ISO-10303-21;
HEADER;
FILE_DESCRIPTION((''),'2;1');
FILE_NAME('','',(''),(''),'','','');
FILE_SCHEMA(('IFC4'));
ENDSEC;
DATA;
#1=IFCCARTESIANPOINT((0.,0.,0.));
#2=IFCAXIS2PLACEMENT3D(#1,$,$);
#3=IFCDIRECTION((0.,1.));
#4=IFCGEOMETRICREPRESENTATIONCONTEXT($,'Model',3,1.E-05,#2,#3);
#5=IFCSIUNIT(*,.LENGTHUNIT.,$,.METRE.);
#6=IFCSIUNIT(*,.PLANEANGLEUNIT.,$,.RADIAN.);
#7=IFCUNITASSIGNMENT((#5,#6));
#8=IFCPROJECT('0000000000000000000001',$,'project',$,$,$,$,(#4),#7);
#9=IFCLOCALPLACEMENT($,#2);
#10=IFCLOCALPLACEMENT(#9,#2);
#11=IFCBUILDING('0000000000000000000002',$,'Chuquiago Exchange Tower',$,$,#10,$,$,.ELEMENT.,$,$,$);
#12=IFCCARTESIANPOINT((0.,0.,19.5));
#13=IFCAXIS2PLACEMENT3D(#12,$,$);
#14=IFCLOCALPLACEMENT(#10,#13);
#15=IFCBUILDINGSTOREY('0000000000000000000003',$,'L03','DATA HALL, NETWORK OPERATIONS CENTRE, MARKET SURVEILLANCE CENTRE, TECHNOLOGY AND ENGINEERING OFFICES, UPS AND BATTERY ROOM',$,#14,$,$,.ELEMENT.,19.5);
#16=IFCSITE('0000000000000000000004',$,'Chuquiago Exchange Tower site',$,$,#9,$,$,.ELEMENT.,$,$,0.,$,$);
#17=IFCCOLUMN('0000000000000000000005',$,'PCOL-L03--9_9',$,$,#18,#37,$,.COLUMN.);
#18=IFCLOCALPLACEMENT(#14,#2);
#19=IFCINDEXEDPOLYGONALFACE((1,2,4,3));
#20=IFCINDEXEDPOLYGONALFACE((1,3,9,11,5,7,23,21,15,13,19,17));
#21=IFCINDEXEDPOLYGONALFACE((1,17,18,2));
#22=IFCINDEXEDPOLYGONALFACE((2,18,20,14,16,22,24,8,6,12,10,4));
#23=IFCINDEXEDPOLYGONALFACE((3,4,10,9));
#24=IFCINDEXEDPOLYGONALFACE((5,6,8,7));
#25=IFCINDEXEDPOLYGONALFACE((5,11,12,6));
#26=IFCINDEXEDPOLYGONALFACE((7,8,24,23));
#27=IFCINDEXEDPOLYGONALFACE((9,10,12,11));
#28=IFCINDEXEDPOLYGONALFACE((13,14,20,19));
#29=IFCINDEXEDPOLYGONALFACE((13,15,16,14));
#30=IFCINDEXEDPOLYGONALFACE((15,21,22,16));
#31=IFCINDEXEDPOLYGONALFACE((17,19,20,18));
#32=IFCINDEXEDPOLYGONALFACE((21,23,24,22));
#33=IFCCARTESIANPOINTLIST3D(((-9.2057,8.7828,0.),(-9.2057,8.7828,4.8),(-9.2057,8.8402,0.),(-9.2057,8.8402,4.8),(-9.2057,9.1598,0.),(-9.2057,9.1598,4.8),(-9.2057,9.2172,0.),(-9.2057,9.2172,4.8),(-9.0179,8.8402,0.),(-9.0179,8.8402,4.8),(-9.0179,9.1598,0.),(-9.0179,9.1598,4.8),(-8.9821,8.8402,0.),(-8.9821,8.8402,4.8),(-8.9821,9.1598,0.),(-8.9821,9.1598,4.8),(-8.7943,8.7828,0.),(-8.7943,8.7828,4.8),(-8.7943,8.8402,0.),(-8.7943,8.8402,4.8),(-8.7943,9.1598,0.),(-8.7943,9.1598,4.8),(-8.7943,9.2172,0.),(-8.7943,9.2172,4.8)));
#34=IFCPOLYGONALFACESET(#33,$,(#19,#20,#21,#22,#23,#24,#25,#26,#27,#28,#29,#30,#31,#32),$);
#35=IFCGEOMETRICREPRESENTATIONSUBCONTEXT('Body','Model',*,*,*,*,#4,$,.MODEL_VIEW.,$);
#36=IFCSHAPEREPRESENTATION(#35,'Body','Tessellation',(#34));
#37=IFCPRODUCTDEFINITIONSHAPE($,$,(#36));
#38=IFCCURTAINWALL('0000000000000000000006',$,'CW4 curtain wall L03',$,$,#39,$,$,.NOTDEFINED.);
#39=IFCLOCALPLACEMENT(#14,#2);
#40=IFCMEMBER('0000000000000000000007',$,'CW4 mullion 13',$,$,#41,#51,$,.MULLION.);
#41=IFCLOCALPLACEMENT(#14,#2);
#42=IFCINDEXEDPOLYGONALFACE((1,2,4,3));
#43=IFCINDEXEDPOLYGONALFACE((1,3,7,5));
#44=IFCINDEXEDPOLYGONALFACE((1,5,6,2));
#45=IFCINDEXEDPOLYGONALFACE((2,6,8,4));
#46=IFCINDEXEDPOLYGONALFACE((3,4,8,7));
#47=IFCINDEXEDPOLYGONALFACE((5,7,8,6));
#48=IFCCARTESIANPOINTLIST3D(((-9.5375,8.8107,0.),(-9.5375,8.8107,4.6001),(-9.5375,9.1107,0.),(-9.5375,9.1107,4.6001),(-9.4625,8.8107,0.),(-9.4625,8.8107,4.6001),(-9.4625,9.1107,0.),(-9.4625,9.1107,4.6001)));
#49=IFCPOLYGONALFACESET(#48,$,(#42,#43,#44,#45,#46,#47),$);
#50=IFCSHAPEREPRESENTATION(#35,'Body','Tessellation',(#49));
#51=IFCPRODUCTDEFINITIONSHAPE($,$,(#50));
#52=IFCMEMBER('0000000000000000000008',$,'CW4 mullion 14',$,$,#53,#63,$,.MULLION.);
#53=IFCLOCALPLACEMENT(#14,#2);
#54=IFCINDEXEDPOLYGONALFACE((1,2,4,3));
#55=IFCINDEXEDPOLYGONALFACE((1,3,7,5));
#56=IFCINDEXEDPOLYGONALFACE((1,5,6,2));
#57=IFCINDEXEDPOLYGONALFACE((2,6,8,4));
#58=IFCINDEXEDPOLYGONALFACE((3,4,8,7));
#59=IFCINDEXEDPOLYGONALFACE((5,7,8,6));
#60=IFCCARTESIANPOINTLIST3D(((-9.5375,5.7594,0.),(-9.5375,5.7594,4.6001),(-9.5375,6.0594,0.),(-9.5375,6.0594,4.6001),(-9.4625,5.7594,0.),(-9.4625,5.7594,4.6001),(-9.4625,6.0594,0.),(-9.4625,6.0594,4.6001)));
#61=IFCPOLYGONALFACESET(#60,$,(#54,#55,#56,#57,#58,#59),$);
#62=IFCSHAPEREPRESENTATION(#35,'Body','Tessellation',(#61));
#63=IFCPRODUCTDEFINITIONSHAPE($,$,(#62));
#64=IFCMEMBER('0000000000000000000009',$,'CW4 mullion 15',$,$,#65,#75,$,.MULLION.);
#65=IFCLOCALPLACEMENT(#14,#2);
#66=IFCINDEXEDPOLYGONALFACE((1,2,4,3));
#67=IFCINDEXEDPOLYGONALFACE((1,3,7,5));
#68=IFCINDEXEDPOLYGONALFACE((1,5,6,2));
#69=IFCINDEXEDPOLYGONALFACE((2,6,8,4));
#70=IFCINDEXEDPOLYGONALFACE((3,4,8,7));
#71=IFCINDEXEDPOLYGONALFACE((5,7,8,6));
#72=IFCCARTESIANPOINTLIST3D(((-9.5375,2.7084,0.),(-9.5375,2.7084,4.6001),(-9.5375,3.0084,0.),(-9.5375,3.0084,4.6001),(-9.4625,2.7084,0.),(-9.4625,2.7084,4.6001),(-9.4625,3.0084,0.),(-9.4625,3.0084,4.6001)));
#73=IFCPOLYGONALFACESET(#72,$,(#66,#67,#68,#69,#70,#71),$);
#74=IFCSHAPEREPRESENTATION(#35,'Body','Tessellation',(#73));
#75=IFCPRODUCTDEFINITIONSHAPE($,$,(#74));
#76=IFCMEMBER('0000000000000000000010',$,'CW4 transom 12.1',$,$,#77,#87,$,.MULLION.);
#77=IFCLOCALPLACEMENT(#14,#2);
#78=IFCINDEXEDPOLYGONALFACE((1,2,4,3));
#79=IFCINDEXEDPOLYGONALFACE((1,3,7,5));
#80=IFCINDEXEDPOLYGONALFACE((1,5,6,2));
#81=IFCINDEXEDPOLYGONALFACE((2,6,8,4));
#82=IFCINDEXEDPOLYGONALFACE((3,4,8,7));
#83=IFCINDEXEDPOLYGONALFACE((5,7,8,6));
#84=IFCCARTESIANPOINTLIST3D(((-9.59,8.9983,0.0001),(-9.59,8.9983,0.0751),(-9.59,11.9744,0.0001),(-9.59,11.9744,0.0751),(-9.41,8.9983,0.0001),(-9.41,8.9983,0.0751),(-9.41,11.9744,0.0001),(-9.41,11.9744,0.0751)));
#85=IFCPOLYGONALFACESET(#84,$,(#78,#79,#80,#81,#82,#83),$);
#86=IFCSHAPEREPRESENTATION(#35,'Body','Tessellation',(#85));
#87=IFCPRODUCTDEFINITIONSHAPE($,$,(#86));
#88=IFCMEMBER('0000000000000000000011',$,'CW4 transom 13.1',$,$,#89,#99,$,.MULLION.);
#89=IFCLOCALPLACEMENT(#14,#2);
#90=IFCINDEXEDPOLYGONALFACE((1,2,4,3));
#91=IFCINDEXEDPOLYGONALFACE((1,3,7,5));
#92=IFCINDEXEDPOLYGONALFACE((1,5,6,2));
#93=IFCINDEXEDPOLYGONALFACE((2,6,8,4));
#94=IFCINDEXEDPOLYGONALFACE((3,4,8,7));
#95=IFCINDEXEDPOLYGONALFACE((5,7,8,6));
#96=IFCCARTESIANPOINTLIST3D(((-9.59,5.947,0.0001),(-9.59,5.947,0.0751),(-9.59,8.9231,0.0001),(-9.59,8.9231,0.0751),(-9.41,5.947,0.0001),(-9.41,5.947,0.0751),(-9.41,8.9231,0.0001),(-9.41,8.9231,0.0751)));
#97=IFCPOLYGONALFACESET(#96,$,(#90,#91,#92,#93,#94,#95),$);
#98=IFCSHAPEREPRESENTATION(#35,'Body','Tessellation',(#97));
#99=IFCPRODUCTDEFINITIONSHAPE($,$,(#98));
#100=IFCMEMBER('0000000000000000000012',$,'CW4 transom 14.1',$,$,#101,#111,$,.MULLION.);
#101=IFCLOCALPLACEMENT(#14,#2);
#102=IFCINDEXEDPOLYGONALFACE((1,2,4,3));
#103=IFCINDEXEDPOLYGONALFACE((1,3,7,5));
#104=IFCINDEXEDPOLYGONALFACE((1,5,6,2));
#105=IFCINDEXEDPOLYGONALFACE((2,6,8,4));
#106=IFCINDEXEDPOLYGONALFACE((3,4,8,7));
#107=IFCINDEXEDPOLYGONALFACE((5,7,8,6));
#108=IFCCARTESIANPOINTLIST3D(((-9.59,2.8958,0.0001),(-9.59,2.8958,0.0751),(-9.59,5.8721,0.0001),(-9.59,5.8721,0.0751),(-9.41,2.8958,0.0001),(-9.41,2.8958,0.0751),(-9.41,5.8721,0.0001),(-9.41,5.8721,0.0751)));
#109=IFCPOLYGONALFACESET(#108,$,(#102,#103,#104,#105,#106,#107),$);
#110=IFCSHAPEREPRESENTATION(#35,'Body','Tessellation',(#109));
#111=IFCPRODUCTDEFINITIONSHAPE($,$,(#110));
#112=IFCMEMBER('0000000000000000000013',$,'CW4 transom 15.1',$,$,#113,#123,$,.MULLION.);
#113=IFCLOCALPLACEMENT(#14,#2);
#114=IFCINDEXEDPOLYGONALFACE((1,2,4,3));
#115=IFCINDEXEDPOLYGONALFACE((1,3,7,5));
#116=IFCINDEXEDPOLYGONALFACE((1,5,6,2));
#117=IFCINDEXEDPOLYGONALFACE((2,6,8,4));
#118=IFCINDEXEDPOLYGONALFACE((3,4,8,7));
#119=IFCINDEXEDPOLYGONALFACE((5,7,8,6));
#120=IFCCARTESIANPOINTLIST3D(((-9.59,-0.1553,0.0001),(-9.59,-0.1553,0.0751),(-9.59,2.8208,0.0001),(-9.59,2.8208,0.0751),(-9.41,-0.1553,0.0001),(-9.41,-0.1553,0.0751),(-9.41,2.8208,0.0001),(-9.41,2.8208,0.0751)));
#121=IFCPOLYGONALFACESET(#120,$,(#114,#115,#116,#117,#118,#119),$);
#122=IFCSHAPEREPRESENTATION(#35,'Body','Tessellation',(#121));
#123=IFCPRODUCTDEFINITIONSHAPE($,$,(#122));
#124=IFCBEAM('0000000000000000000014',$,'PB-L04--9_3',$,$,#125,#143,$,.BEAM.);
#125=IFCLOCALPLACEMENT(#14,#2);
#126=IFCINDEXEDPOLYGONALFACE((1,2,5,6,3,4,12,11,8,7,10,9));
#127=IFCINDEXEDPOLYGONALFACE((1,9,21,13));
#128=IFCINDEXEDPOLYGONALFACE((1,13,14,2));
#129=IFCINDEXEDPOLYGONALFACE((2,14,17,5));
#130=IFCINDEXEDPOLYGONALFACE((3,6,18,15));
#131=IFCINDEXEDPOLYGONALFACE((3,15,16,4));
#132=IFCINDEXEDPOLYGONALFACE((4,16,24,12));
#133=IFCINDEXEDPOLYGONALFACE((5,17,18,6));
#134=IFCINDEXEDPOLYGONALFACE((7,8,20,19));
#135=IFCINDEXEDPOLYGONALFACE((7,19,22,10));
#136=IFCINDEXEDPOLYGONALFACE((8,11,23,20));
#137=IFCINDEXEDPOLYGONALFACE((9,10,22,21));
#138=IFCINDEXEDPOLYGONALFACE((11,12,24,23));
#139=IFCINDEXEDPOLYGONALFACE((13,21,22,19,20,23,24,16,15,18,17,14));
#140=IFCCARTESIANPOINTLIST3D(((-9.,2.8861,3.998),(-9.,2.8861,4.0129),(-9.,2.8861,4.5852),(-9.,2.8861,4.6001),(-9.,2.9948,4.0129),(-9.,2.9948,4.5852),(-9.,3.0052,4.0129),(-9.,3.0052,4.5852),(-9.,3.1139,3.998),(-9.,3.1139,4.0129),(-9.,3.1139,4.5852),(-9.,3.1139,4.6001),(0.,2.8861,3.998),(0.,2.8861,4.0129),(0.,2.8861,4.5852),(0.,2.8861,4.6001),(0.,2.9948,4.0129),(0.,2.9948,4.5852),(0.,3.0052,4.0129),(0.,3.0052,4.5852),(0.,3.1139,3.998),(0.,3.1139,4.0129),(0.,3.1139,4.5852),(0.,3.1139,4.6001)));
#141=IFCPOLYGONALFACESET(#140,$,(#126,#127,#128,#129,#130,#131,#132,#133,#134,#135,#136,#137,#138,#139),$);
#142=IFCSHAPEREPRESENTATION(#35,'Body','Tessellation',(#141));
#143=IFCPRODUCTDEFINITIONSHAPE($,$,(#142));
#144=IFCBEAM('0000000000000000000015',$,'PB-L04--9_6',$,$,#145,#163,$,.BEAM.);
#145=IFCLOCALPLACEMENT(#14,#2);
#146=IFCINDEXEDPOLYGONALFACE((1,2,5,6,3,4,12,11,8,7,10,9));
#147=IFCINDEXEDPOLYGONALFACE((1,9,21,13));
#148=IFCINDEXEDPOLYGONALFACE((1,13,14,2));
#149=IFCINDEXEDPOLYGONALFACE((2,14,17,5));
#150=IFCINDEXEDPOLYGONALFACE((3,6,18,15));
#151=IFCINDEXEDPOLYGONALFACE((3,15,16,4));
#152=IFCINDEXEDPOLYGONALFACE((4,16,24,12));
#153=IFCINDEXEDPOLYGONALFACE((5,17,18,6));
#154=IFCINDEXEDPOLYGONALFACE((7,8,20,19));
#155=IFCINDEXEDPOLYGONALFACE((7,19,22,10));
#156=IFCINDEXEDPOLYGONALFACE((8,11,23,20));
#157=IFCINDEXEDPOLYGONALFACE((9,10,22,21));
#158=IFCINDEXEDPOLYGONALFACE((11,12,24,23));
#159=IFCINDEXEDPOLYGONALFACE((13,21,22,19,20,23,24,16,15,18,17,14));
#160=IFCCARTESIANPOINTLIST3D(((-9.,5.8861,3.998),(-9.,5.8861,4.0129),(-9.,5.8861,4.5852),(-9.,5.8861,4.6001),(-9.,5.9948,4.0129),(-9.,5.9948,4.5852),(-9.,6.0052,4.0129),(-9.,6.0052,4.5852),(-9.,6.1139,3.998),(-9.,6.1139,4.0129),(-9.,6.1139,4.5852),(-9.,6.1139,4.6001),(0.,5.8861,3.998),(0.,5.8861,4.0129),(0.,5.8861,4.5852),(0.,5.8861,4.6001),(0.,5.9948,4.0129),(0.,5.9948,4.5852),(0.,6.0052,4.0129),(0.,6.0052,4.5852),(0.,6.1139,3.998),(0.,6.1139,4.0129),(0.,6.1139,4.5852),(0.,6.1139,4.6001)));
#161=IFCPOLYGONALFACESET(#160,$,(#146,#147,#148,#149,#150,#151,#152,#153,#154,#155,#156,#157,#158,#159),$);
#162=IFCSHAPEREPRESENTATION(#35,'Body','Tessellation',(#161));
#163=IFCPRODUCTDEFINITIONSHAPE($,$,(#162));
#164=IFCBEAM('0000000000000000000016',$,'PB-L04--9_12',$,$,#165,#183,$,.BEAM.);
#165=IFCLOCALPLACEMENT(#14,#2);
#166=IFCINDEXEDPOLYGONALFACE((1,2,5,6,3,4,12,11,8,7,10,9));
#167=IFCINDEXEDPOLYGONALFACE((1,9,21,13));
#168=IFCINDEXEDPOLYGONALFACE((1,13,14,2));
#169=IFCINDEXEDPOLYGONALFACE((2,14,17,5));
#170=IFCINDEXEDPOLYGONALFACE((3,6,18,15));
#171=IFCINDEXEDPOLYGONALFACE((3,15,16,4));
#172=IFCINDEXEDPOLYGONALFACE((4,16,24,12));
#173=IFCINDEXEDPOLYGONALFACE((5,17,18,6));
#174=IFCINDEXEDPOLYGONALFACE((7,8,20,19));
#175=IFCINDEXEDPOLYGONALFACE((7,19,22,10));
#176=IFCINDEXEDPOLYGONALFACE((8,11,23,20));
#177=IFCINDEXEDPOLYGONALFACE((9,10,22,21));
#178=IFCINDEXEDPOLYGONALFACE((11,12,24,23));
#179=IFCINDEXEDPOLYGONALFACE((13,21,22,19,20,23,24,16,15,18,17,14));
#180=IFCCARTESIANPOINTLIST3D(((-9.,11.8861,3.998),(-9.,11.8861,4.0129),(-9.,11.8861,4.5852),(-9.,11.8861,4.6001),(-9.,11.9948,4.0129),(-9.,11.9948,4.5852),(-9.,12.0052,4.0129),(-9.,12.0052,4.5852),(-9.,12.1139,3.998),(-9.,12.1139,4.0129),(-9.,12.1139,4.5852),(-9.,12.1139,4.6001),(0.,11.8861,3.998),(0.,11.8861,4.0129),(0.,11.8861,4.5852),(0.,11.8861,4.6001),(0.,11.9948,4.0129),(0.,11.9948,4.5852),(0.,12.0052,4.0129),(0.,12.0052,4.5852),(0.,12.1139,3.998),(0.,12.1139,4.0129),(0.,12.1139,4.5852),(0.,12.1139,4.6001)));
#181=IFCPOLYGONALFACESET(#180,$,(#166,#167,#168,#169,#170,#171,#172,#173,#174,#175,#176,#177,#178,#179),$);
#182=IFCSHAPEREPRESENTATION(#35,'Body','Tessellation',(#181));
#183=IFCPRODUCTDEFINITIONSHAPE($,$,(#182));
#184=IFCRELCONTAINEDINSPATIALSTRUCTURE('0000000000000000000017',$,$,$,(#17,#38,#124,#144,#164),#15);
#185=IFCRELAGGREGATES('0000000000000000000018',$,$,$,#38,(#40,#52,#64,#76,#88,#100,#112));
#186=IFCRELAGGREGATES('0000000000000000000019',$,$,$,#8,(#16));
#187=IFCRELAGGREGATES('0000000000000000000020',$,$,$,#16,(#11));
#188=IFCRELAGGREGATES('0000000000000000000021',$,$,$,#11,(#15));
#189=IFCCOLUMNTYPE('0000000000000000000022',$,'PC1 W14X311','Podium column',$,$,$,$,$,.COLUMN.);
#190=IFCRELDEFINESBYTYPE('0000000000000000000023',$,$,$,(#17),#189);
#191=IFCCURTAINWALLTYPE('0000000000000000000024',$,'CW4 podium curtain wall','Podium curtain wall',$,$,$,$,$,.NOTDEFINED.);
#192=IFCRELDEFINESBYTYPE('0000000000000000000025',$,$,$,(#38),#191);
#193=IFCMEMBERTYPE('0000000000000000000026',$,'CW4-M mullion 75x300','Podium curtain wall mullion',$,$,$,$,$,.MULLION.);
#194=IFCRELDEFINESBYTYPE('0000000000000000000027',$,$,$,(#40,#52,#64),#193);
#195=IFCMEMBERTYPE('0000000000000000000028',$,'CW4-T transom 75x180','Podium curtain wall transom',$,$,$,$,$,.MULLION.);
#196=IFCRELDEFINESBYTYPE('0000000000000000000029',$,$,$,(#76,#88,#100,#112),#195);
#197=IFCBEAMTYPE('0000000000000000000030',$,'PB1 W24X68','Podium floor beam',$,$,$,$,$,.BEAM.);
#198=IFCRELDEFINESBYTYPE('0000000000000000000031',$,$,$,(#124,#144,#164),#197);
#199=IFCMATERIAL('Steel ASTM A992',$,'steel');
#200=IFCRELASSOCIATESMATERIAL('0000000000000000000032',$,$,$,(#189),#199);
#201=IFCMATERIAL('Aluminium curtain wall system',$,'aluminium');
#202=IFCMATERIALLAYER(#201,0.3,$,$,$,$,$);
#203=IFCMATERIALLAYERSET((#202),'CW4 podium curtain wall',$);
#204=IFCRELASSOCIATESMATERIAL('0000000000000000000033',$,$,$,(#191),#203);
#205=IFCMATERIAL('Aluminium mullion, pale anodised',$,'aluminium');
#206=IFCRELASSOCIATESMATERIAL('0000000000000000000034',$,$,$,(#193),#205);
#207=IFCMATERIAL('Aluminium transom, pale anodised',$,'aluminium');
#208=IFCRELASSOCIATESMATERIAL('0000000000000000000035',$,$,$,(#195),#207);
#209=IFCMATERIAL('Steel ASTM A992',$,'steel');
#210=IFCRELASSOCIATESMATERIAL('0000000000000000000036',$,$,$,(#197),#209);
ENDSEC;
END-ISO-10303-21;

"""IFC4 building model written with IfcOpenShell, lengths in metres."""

from ifc_helpers import new_model, si_unit, direction, frame, origin, origin_2d, place, context, subcontext, project, spatial, rectangle, i_section, extrude, material, layer, layer_set, material_profile, profile_set, type_object, element, aggregate, save


model = new_model("IFC4")

# Units and contexts
model_context = context("Model", 3, precision=1e-05, world=origin(), true_north=direction((0.0, 1.0)))
body_context = subcontext(model_context, "Body", "Model", "MODEL_VIEW")
ifc_project = project(units=[si_unit("LENGTHUNIT", "METRE"), si_unit("PLANEANGLEUNIT", "RADIAN")], contexts=[model_context])

# Site, building, storey
site_placement = place(None, origin())
site = spatial("IfcSite", under=ifc_project, at=site_placement, Name="Chuquiago Exchange Tower site", CompositionType="ELEMENT", RefElevation=0.0)
building_placement = place(site_placement, origin())
building = spatial("IfcBuilding", under=site, at=building_placement, Name="Chuquiago Exchange Tower", CompositionType="ELEMENT")
storey_placement = place(building_placement, frame((0.0, 0.0, 19.5)))
storey = spatial("IfcBuildingStorey", under=building, at=storey_placement, Name="L03", Description="DATA HALL, NETWORK OPERATIONS CENTRE, MARKET SURVEILLANCE CENTRE, TECHNOLOGY AND ENGINEERING OFFICES, UPS AND BATTERY ROOM", CompositionType="ELEMENT", Elevation=19.5)

# Column
ifc_material_1 = material(Name="Steel ASTM A992", Category="steel")
ifc_material_profile_1 = material_profile(ifc_material_1, i_section(OverallWidth=0.4114, OverallDepth=0.4343, WebThickness=0.0359, FlangeThickness=0.0574, at=origin_2d()), Name="W14X311")
ifc_profile_set_1 = profile_set([ifc_material_profile_1], Name="Steel ASTM A992")
column_type = type_object("IfcColumnType", Name="PC1 W14X311", Description="Podium column", PredefinedType="COLUMN", material=ifc_profile_set_1)
column_placement = place(storey_placement, frame((-9.0, 9.0, 0.0), z_axis=(0.0, 0.0, 1.0), x_axis=(1.0, 0.0, 0.0)))
element("IfcColumn", 1, at=column_placement, inside=storey, type_object=column_type, Name="PCOL-L03--9_9", PredefinedType="COLUMN", context=body_context, shape_type="SweptSolid", body=[
    extrude(i_section(OverallWidth=0.4114, OverallDepth=0.4343, WebThickness=0.0359, FlangeThickness=0.0574, at=origin_2d()), origin(), (0.0, 0.0, 1.0), 4.8),
])

# Curtain wall, members
ifc_material_2 = material(Name="Aluminium curtain wall system", Category="aluminium")
ifc_layer_1 = layer(ifc_material_2, 0.3)
ifc_layer_set_1 = layer_set([ifc_layer_1], Name="CW4 podium curtain wall")
curtain_wall_type = type_object("IfcCurtainWallType", Name="CW4 podium curtain wall", Description="Podium curtain wall", PredefinedType="NOTDEFINED", material=ifc_layer_set_1)
curtain_wall_placement = place(storey_placement, origin())
curtain_wall = element("IfcCurtainWall", 2, at=curtain_wall_placement, inside=storey, type_object=curtain_wall_type, Name="CW4 curtain wall L03", PredefinedType="NOTDEFINED")
ifc_material_3 = material(Name="Aluminium mullion, pale anodised", Category="aluminium")
ifc_material_profile_2 = material_profile(ifc_material_3, rectangle(XDim=0.075, YDim=0.3, at=origin_2d()), Name="AL 75x300")
ifc_profile_set_2 = profile_set([ifc_material_profile_2], Name="Aluminium mullion, pale anodised")
member_type_1 = type_object("IfcMemberType", Name="CW4-M mullion 75x300", Description="Podium curtain wall mullion", PredefinedType="MULLION", material=ifc_profile_set_2)
member_1_placement = place(storey_placement, frame((-9.5, 8.9607, 0.0), z_axis=(0.0, 0.0, 1.0), x_axis=(1.0, 0.0, 0.0)))
member_1 = element("IfcMember", 3, at=member_1_placement, type_object=member_type_1, Name="CW4 mullion 13", PredefinedType="MULLION", context=body_context, shape_type="SweptSolid", body=[
    extrude(rectangle(XDim=0.075, YDim=0.3, at=origin_2d()), origin(), (0.0, 0.0, 1.0), 4.6001),
])
member_2_placement = place(storey_placement, frame((-9.5, 5.9094, 0.0), z_axis=(0.0, 0.0, 1.0), x_axis=(1.0, 0.0, 0.0)))
member_2 = element("IfcMember", 4, at=member_2_placement, type_object=member_type_1, Name="CW4 mullion 14", PredefinedType="MULLION", context=body_context, shape_type="SweptSolid", body=[
    extrude(rectangle(XDim=0.075, YDim=0.3, at=origin_2d()), origin(), (0.0, 0.0, 1.0), 4.6001),
])
member_3_placement = place(storey_placement, frame((-9.5, 2.8584, 0.0), z_axis=(0.0, 0.0, 1.0), x_axis=(1.0, 0.0, 0.0)))
member_3 = element("IfcMember", 5, at=member_3_placement, type_object=member_type_1, Name="CW4 mullion 15", PredefinedType="MULLION", context=body_context, shape_type="SweptSolid", body=[
    extrude(rectangle(XDim=0.075, YDim=0.3, at=origin_2d()), origin(), (0.0, 0.0, 1.0), 4.6001),
])
ifc_material_4 = material(Name="Aluminium transom, pale anodised", Category="aluminium")
ifc_material_profile_3 = material_profile(ifc_material_4, rectangle(XDim=0.1799, YDim=0.075, at=origin_2d()), Name="AL 180x75")
ifc_profile_set_3 = profile_set([ifc_material_profile_3], Name="Aluminium transom, pale anodised")
member_type_2 = type_object("IfcMemberType", Name="CW4-T transom 75x180", Description="Podium curtain wall transom", PredefinedType="MULLION", material=ifc_profile_set_3)
member_4_placement = place(storey_placement, frame((-9.5, 11.9744, 0.0376), z_axis=(0.0, -1.0, 0.0), x_axis=(1.0, 0.0, 0.0)))
member_4 = element("IfcMember", 6, at=member_4_placement, type_object=member_type_2, Name="CW4 transom 12.1", PredefinedType="MULLION", context=body_context, shape_type="SweptSolid", body=[
    extrude(rectangle(XDim=0.1799, YDim=0.075, at=origin_2d()), origin(), (0.0, 0.0, 1.0), 2.9761),
])
member_5_placement = place(storey_placement, frame((-9.5, 8.9231, 0.0376), z_axis=(0.0, -1.0, 0.0), x_axis=(1.0, 0.0, 0.0)))
member_5 = element("IfcMember", 7, at=member_5_placement, type_object=member_type_2, Name="CW4 transom 13.1", PredefinedType="MULLION", context=body_context, shape_type="SweptSolid", body=[
    extrude(rectangle(XDim=0.1799, YDim=0.075, at=origin_2d()), origin(), (0.0, 0.0, 1.0), 2.9761),
])
member_6_placement = place(storey_placement, frame((-9.5, 5.8721, 0.0376), z_axis=(0.0, -1.0, 0.0), x_axis=(1.0, 0.0, 0.0)))
member_6 = element("IfcMember", 8, at=member_6_placement, type_object=member_type_2, Name="CW4 transom 14.1", PredefinedType="MULLION", context=body_context, shape_type="SweptSolid", body=[
    extrude(rectangle(XDim=0.1799, YDim=0.075, at=origin_2d()), origin(), (0.0, 0.0, 1.0), 2.9763),
])
member_7_placement = place(storey_placement, frame((-9.5, 2.8208, 0.0376), z_axis=(0.0, -1.0, 0.0), x_axis=(1.0, 0.0, 0.0)))
member_7 = element("IfcMember", 9, at=member_7_placement, type_object=member_type_2, Name="CW4 transom 15.1", PredefinedType="MULLION", context=body_context, shape_type="SweptSolid", body=[
    extrude(rectangle(XDim=0.1799, YDim=0.075, at=origin_2d()), origin(), (0.0, 0.0, 1.0), 2.9761),
])

# Beams
ifc_material_5 = material(Name="Steel ASTM A992", Category="steel")
ifc_material_profile_4 = material_profile(ifc_material_5, i_section(OverallWidth=0.2278, OverallDepth=0.6021, WebThickness=0.0105, FlangeThickness=0.0149, at=origin_2d()), Name="W24X68")
ifc_profile_set_4 = profile_set([ifc_material_profile_4], Name="Steel ASTM A992")
beam_type_1 = type_object("IfcBeamType", Name="PB1 W24X68", Description="Podium floor beam", PredefinedType="BEAM", material=ifc_profile_set_4)
for number, where, z_axis, x_axis, name in (
    (10, (-9.0, 3.0, 4.2991), (1.0, 0.0, 0.0), (0.0, 1.0, 0.0), "PB-L04--9_3"),
    (11, (-9.0, 6.0, 4.2991), (1.0, 0.0, 0.0), (0.0, 1.0, 0.0), "PB-L04--9_6"),
    (12, (-9.0, 12.0, 4.2991), (1.0, 0.0, 0.0), (0.0, 1.0, 0.0), "PB-L04--9_12"),
):
    element("IfcBeam", number, at=place(storey_placement, frame(where, z_axis=z_axis, x_axis=x_axis)), inside=storey, type_object=beam_type_1, Name=name, PredefinedType="BEAM", context=body_context, shape_type="SweptSolid", body=[
        extrude(i_section(OverallWidth=0.2278, OverallDepth=0.6021, WebThickness=0.0105, FlangeThickness=0.0149, at=origin_2d()), origin(), (0.0, 0.0, 1.0), 9.0),
    ])

aggregate(curtain_wall, [member_1, member_2, member_3, member_4, member_5, member_6, member_7])

save(model, "model.ifc")
